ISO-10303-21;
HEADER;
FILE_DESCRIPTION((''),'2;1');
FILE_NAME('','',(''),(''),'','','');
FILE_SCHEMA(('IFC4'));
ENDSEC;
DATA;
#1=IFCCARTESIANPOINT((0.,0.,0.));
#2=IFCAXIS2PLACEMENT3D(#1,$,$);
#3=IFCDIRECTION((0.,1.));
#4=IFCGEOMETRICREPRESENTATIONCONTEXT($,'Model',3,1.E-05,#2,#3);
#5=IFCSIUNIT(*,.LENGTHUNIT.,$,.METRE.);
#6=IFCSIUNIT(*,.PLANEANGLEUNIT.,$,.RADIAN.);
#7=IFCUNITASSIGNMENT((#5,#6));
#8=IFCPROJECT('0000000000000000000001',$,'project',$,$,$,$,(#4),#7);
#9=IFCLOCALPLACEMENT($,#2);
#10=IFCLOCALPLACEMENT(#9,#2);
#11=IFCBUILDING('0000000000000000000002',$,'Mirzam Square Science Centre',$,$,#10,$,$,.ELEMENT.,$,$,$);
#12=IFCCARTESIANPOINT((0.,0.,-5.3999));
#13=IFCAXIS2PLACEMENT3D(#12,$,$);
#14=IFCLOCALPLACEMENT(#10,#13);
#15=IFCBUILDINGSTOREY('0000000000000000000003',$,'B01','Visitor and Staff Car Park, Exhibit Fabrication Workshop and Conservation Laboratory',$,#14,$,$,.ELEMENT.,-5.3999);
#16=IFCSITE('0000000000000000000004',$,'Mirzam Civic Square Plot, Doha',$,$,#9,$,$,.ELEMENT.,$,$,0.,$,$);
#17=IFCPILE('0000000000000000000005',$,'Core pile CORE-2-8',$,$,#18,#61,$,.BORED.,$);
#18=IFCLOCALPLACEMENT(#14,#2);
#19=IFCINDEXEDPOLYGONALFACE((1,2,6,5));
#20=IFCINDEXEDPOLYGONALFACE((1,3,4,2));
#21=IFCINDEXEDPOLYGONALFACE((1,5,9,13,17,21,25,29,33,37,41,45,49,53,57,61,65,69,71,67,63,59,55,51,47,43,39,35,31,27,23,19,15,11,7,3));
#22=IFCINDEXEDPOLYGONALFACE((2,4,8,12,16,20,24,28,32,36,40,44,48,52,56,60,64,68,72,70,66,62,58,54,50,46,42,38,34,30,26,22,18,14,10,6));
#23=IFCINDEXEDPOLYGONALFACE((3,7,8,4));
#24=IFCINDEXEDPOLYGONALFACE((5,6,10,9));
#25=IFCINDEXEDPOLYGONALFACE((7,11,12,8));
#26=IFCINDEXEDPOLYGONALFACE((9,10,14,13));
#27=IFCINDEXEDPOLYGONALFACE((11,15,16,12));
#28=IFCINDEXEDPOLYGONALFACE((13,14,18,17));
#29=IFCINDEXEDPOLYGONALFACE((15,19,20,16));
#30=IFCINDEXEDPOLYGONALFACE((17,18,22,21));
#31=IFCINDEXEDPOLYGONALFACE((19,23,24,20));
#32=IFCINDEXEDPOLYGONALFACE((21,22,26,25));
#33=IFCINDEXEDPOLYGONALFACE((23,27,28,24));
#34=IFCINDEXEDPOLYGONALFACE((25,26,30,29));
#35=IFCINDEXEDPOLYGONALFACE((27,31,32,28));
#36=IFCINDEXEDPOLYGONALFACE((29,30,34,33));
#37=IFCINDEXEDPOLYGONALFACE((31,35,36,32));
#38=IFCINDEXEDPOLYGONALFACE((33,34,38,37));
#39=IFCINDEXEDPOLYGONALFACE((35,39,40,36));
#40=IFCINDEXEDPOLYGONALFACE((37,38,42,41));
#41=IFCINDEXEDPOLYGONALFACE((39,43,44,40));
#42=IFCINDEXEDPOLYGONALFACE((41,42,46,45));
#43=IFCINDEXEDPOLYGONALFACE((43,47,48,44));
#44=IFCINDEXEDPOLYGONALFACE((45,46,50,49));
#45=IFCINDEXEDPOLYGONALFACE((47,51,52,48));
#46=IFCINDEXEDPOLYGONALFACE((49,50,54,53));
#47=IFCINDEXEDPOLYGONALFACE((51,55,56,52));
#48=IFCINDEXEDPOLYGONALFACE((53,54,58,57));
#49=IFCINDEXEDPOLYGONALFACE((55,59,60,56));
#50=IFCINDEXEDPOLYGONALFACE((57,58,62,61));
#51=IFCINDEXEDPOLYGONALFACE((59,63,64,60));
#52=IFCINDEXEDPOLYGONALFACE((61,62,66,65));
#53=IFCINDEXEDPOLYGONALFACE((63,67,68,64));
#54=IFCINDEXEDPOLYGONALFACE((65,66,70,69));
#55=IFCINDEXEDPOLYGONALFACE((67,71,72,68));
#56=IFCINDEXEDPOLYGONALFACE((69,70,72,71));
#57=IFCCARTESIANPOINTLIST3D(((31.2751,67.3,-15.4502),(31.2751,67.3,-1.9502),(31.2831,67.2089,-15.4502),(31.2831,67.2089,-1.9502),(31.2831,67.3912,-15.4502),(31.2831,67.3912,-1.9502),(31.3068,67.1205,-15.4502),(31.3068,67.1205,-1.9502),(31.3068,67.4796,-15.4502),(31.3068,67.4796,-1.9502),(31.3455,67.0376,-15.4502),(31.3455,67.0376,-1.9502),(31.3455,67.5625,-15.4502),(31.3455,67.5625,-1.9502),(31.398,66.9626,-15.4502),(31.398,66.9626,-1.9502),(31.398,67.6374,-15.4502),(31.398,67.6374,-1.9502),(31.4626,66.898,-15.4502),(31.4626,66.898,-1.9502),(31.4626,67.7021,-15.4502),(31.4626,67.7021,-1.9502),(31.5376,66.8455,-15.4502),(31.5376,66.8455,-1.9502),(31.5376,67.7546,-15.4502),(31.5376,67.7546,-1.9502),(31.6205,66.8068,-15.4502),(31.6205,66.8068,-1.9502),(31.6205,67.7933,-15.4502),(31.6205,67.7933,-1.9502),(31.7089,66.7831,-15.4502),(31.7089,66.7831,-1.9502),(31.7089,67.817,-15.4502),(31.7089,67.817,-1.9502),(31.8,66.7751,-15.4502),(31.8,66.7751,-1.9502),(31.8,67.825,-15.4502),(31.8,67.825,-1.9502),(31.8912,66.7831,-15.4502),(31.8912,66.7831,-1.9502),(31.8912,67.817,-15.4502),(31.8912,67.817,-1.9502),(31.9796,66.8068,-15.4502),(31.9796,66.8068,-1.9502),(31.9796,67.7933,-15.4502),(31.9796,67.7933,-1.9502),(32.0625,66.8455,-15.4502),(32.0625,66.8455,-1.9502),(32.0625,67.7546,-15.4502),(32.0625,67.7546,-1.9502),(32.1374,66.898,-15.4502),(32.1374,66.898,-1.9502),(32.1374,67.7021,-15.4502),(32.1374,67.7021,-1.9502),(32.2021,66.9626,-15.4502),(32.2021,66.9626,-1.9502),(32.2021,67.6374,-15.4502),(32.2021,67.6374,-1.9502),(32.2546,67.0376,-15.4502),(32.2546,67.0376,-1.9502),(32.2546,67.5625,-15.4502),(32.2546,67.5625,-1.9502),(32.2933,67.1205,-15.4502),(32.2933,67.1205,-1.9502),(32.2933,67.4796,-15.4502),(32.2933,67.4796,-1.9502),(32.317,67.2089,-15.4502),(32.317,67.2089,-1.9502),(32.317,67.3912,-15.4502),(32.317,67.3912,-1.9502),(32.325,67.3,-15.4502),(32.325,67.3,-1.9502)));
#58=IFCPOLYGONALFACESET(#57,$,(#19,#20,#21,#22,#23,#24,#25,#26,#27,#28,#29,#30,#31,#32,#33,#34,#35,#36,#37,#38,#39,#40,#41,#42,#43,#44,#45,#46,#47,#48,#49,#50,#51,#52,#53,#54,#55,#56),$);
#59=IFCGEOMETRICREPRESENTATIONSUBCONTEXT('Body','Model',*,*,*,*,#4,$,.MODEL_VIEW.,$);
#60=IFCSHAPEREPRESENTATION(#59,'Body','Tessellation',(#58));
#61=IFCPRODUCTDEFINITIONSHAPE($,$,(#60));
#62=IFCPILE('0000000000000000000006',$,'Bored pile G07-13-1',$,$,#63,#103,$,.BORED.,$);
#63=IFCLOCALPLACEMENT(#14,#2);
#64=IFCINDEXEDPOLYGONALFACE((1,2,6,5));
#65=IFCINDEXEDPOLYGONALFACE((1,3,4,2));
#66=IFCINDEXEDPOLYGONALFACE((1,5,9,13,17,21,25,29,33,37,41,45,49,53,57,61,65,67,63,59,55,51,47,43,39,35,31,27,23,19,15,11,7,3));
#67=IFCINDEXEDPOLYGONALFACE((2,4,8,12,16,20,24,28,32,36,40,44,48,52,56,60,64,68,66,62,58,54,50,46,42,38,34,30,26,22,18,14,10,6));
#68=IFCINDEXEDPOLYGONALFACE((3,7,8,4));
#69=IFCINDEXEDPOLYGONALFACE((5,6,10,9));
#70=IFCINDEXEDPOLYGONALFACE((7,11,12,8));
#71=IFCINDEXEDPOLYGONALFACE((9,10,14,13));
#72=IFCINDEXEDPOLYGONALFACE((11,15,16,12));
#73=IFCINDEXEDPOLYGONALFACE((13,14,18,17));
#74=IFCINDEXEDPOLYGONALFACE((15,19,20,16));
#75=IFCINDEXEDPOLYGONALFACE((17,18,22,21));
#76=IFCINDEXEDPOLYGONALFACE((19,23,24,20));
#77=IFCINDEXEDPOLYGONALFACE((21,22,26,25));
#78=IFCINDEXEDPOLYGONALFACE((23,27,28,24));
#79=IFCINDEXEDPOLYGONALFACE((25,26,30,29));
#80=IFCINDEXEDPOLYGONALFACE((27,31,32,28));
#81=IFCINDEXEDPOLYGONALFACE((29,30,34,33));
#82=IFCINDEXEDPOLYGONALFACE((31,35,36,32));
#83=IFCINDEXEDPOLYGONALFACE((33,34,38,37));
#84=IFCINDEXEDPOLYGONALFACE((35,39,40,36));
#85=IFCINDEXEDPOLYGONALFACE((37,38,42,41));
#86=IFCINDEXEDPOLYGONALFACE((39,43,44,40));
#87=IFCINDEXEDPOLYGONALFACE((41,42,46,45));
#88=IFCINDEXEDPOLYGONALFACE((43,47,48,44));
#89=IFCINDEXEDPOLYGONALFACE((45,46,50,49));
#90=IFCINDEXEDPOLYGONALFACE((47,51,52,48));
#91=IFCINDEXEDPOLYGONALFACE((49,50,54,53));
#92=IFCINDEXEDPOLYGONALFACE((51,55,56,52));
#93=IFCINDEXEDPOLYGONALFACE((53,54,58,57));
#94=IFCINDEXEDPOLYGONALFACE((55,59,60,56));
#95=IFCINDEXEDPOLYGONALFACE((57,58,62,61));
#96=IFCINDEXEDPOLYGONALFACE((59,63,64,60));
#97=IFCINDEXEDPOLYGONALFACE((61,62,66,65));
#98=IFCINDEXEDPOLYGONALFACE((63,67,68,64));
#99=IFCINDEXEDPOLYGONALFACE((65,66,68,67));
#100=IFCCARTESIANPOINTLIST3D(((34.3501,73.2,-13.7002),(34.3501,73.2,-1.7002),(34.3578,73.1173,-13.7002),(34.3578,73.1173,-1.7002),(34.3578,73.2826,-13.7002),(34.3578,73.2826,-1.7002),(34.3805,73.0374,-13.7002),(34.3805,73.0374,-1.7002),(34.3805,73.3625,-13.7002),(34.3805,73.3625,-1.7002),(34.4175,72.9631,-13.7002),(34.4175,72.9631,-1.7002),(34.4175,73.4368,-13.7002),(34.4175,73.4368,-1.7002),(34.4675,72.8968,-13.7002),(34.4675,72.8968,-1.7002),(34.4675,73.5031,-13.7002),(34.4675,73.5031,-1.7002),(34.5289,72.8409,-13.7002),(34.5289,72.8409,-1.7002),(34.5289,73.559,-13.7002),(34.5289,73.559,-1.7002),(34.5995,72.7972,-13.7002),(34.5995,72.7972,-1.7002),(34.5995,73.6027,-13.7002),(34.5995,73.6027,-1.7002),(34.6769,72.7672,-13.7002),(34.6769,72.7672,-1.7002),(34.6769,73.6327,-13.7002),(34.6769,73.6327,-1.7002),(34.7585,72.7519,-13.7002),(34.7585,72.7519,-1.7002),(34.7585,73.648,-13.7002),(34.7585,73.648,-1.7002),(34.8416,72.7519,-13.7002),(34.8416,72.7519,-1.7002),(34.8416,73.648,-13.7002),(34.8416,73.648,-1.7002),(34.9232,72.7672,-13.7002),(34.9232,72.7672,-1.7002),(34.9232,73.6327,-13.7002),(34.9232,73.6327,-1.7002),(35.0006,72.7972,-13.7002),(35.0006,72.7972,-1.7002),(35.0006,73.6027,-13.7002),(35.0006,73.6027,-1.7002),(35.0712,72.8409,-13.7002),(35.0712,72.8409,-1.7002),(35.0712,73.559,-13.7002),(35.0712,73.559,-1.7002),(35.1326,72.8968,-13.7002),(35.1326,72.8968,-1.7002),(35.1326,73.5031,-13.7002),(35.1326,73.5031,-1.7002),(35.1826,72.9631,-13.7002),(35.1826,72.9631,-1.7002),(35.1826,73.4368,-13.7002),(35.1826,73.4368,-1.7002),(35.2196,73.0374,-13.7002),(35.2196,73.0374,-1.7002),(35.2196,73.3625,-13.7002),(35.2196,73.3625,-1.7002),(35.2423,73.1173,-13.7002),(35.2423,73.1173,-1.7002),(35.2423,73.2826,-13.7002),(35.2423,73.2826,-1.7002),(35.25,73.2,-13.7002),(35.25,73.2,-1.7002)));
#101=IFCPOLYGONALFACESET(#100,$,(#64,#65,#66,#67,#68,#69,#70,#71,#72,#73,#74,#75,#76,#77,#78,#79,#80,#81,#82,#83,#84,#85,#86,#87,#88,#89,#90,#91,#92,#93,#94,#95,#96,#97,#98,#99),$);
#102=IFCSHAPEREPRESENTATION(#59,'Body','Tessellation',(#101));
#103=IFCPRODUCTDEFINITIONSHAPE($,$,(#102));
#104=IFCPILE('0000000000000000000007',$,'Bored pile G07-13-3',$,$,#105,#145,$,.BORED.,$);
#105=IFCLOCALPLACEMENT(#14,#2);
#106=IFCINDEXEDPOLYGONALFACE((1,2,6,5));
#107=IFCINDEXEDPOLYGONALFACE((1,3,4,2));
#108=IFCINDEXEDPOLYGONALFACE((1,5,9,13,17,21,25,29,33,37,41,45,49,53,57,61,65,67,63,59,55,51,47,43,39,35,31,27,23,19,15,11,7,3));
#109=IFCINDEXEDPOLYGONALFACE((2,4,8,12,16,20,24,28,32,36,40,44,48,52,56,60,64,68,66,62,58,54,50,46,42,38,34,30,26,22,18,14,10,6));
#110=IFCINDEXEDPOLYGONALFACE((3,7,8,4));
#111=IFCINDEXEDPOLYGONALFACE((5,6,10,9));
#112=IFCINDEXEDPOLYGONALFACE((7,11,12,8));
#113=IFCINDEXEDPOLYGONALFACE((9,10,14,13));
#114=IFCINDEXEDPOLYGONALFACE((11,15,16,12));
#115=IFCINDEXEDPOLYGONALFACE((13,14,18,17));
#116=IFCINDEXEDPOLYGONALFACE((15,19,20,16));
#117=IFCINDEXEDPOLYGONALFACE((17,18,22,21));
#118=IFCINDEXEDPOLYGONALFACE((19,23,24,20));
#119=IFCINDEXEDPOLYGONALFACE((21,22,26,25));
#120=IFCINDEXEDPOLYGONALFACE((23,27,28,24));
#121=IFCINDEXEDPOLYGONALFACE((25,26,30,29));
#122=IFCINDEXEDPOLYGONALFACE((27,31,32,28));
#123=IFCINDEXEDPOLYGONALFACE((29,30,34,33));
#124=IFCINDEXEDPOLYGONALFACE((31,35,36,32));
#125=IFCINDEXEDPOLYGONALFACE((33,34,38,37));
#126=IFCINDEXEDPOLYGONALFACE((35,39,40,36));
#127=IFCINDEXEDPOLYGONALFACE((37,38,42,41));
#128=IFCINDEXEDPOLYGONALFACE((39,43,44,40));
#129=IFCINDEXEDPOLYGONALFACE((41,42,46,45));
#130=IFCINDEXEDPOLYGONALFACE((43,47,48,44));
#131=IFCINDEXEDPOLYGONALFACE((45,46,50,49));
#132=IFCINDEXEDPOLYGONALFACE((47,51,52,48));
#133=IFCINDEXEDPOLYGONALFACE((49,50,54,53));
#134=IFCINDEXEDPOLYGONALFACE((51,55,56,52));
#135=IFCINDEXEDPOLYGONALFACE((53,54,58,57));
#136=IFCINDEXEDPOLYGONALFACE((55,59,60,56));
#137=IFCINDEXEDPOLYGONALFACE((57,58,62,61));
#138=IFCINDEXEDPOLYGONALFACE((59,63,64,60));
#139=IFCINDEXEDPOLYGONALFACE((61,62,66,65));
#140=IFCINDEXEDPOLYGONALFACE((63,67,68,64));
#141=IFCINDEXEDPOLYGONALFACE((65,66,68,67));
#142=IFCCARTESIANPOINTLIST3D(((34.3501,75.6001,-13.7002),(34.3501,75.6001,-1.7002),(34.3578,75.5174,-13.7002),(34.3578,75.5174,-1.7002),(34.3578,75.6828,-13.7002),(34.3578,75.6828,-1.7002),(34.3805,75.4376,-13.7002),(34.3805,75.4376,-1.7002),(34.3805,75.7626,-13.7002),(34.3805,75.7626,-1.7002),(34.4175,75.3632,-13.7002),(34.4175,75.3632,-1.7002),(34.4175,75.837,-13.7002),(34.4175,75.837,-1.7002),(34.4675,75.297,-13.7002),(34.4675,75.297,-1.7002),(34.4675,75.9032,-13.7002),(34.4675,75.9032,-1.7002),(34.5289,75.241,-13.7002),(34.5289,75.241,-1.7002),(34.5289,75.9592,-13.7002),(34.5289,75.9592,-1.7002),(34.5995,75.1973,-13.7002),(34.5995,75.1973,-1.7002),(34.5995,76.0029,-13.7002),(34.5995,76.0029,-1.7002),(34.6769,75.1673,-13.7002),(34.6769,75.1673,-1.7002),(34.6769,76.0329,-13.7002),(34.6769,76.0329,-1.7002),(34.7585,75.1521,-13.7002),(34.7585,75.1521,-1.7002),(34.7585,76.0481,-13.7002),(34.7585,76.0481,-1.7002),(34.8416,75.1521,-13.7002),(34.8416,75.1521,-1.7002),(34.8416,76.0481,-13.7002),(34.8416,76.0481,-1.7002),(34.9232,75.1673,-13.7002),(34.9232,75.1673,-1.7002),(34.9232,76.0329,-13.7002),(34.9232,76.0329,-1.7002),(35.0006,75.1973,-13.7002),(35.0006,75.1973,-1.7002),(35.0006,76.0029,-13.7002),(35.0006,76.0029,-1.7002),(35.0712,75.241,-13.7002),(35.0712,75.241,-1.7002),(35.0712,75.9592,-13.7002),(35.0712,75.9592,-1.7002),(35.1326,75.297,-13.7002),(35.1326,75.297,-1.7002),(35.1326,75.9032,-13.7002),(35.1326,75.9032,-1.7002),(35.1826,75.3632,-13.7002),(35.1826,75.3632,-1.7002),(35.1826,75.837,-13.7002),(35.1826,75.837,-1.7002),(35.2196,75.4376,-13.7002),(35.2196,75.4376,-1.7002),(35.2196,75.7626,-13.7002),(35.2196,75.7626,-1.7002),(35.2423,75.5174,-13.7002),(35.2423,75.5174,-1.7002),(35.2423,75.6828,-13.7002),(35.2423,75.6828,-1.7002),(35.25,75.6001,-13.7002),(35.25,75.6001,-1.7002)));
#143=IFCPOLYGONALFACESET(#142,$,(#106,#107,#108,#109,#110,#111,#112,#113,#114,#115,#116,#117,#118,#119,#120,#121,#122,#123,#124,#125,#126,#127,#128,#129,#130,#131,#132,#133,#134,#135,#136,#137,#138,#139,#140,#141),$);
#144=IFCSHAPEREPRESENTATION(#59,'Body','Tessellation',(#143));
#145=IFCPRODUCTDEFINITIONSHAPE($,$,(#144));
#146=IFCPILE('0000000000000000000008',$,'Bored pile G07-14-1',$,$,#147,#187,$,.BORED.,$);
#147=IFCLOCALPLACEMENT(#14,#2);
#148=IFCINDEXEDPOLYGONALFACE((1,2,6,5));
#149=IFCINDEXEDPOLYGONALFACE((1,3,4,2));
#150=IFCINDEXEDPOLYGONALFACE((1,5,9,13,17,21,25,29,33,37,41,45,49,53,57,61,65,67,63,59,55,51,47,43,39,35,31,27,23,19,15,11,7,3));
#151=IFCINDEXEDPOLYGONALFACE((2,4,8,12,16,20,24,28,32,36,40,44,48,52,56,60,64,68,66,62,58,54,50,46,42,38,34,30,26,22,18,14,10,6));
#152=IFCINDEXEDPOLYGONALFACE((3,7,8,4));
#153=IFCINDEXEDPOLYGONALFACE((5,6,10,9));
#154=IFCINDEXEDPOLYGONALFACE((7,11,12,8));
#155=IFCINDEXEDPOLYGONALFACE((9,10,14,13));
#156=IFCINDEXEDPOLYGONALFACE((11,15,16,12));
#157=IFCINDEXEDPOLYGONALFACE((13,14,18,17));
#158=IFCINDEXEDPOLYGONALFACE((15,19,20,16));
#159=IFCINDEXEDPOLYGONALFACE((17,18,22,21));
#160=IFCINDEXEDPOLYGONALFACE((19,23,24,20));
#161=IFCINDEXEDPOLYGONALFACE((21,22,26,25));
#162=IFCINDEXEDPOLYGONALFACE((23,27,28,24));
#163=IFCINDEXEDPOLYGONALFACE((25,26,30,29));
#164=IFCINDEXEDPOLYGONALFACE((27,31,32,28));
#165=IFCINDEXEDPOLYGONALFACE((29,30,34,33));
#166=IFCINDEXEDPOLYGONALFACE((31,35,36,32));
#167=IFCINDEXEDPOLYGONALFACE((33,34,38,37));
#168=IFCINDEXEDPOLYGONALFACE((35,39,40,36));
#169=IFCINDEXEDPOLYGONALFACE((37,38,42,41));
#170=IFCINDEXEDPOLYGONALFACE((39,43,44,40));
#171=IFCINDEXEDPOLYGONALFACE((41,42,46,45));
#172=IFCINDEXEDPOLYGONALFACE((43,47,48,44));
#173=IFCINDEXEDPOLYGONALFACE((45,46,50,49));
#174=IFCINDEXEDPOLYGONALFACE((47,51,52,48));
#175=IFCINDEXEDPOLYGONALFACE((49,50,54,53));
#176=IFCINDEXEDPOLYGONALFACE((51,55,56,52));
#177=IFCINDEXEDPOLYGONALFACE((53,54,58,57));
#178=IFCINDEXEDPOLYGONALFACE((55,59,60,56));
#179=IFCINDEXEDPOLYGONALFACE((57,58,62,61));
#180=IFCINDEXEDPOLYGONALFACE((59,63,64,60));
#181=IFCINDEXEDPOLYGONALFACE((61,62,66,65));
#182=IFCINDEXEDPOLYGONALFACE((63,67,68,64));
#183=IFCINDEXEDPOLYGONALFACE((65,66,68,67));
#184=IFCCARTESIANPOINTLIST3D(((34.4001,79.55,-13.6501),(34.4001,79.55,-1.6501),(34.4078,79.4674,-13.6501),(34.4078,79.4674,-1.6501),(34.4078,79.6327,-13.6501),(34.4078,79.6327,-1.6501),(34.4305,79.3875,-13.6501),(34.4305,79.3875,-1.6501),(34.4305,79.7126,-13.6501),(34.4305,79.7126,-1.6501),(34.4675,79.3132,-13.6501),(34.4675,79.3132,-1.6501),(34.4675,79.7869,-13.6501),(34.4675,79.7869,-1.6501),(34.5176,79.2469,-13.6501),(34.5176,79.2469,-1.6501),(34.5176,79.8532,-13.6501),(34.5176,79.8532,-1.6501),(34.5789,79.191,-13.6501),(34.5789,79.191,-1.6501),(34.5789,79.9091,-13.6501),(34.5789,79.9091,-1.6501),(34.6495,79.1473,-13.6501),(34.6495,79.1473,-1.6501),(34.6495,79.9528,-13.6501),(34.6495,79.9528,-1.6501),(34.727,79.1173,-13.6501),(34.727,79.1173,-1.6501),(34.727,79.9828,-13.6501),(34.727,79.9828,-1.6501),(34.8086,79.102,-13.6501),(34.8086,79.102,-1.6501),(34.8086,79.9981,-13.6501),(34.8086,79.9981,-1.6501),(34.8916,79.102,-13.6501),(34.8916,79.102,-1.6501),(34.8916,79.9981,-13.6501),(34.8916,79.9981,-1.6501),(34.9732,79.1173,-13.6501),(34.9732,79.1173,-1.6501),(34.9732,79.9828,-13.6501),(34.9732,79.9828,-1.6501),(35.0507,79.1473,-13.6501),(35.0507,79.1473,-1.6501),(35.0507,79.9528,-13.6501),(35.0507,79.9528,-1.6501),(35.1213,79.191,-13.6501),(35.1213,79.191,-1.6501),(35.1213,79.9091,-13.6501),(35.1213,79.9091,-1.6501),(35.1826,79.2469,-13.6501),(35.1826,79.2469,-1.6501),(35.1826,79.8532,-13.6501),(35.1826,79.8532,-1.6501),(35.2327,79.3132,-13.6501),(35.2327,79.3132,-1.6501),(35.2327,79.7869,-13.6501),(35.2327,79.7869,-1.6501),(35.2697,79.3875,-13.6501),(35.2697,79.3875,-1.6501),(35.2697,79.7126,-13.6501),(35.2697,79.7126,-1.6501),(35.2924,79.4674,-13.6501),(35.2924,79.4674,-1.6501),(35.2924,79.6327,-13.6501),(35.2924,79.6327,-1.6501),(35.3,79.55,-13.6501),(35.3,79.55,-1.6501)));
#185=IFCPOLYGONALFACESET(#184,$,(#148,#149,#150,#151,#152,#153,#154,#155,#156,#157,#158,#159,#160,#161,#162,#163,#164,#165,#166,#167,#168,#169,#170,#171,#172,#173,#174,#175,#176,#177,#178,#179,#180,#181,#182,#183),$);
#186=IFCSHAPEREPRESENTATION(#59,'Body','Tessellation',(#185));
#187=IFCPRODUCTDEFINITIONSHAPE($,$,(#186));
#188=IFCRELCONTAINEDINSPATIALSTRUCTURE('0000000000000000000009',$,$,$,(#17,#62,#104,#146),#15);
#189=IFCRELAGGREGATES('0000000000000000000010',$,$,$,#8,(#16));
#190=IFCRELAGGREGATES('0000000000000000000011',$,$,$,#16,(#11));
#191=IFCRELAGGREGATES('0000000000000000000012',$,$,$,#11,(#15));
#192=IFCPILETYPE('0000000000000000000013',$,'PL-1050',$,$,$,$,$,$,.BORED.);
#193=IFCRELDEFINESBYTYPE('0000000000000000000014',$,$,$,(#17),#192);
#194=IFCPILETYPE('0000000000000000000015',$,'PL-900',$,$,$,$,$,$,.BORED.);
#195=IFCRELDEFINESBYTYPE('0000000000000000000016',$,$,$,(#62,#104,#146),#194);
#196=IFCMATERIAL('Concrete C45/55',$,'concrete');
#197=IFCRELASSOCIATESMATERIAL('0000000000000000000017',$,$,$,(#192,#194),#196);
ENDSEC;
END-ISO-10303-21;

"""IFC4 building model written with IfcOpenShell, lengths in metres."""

from ifc_helpers import new_model, si_unit, direction, frame, origin, origin_2d, place, context, subcontext, project, spatial, circle, extrude, material, material_profile, profile_set, type_object, element, save


model = new_model("IFC4")

# Units and contexts
model_context = context("Model", 3, precision=1e-05, world=origin(), true_north=direction((0.0, 1.0)))
body_context = subcontext(model_context, "Body", "Model", "MODEL_VIEW")
ifc_project = project(units=[si_unit("LENGTHUNIT", "METRE"), si_unit("PLANEANGLEUNIT", "RADIAN")], contexts=[model_context])

# Site, building, storey
site_placement = place(None, origin())
site = spatial("IfcSite", under=ifc_project, at=site_placement, Name="Mirzam Civic Square Plot, Doha", CompositionType="ELEMENT", RefElevation=0.0)
building_placement = place(site_placement, origin())
building = spatial("IfcBuilding", under=site, at=building_placement, Name="Mirzam Square Science Centre", CompositionType="ELEMENT")
storey_placement = place(building_placement, frame((0.0, 0.0, -5.3999)))
storey = spatial("IfcBuildingStorey", under=building, at=storey_placement, Name="B01", Description="Visitor and Staff Car Park, Exhibit Fabrication Workshop and Conservation Laboratory", CompositionType="ELEMENT", Elevation=-5.3999)

# Shared definitions
ifc_material_1 = material(Name="Concrete C45/55", Category="concrete")

# Piles
ifc_material_profile_1 = material_profile(ifc_material_1, circle(Radius=0.5249, at=origin_2d()), Name="PILE-D1050")
ifc_profile_set_1 = profile_set([ifc_material_profile_1], Name="Concrete C45/55")
pile_type_1 = type_object("IfcPileType", Name="PL-1050", PredefinedType="BORED", material=ifc_profile_set_1)
for number, where, z_axis, x_axis, name in (
    (1, (31.8, 67.3, -1.9502), (0.0, 0.0, -1.0), (1.0, 0.0, 0.0), "Core pile CORE-2-8"),
):
    element("IfcPile", number, at=place(storey_placement, frame(where, z_axis=z_axis, x_axis=x_axis)), inside=storey, type_object=pile_type_1, Name=name, PredefinedType="BORED", context=body_context, shape_type="SweptSolid", body=[
        extrude(circle(Radius=0.5249, at=origin_2d()), origin(), (0.0, 0.0, 1.0), 13.5),
    ])
ifc_material_profile_2 = material_profile(ifc_material_1, circle(Radius=0.45, at=origin_2d()), Name="PILE-D900")
ifc_profile_set_2 = profile_set([ifc_material_profile_2], Name="Concrete C45/55")
pile_type_2 = type_object("IfcPileType", Name="PL-900", PredefinedType="BORED", material=ifc_profile_set_2)
for number, where, z_axis, x_axis, name in (
    (2, (34.8, 73.2, -1.7002), (0.0, 0.0, -1.0), (1.0, 0.0, 0.0), "Bored pile G07-13-1"),
    (3, (34.8, 75.6001, -1.7002), (0.0, 0.0, -1.0), (1.0, 0.0, 0.0), "Bored pile G07-13-3"),
    (4, (34.8501, 79.55, -1.6501), (0.0, 0.0, -1.0), (1.0, 0.0, 0.0), "Bored pile G07-14-1"),
):
    element("IfcPile", number, at=place(storey_placement, frame(where, z_axis=z_axis, x_axis=x_axis)), inside=storey, type_object=pile_type_2, Name=name, PredefinedType="BORED", context=body_context, shape_type="SweptSolid", body=[
        extrude(circle(Radius=0.45, at=origin_2d()), origin(), (0.0, 0.0, 1.0), 12.0),
    ])

save(model, "model.ifc")
